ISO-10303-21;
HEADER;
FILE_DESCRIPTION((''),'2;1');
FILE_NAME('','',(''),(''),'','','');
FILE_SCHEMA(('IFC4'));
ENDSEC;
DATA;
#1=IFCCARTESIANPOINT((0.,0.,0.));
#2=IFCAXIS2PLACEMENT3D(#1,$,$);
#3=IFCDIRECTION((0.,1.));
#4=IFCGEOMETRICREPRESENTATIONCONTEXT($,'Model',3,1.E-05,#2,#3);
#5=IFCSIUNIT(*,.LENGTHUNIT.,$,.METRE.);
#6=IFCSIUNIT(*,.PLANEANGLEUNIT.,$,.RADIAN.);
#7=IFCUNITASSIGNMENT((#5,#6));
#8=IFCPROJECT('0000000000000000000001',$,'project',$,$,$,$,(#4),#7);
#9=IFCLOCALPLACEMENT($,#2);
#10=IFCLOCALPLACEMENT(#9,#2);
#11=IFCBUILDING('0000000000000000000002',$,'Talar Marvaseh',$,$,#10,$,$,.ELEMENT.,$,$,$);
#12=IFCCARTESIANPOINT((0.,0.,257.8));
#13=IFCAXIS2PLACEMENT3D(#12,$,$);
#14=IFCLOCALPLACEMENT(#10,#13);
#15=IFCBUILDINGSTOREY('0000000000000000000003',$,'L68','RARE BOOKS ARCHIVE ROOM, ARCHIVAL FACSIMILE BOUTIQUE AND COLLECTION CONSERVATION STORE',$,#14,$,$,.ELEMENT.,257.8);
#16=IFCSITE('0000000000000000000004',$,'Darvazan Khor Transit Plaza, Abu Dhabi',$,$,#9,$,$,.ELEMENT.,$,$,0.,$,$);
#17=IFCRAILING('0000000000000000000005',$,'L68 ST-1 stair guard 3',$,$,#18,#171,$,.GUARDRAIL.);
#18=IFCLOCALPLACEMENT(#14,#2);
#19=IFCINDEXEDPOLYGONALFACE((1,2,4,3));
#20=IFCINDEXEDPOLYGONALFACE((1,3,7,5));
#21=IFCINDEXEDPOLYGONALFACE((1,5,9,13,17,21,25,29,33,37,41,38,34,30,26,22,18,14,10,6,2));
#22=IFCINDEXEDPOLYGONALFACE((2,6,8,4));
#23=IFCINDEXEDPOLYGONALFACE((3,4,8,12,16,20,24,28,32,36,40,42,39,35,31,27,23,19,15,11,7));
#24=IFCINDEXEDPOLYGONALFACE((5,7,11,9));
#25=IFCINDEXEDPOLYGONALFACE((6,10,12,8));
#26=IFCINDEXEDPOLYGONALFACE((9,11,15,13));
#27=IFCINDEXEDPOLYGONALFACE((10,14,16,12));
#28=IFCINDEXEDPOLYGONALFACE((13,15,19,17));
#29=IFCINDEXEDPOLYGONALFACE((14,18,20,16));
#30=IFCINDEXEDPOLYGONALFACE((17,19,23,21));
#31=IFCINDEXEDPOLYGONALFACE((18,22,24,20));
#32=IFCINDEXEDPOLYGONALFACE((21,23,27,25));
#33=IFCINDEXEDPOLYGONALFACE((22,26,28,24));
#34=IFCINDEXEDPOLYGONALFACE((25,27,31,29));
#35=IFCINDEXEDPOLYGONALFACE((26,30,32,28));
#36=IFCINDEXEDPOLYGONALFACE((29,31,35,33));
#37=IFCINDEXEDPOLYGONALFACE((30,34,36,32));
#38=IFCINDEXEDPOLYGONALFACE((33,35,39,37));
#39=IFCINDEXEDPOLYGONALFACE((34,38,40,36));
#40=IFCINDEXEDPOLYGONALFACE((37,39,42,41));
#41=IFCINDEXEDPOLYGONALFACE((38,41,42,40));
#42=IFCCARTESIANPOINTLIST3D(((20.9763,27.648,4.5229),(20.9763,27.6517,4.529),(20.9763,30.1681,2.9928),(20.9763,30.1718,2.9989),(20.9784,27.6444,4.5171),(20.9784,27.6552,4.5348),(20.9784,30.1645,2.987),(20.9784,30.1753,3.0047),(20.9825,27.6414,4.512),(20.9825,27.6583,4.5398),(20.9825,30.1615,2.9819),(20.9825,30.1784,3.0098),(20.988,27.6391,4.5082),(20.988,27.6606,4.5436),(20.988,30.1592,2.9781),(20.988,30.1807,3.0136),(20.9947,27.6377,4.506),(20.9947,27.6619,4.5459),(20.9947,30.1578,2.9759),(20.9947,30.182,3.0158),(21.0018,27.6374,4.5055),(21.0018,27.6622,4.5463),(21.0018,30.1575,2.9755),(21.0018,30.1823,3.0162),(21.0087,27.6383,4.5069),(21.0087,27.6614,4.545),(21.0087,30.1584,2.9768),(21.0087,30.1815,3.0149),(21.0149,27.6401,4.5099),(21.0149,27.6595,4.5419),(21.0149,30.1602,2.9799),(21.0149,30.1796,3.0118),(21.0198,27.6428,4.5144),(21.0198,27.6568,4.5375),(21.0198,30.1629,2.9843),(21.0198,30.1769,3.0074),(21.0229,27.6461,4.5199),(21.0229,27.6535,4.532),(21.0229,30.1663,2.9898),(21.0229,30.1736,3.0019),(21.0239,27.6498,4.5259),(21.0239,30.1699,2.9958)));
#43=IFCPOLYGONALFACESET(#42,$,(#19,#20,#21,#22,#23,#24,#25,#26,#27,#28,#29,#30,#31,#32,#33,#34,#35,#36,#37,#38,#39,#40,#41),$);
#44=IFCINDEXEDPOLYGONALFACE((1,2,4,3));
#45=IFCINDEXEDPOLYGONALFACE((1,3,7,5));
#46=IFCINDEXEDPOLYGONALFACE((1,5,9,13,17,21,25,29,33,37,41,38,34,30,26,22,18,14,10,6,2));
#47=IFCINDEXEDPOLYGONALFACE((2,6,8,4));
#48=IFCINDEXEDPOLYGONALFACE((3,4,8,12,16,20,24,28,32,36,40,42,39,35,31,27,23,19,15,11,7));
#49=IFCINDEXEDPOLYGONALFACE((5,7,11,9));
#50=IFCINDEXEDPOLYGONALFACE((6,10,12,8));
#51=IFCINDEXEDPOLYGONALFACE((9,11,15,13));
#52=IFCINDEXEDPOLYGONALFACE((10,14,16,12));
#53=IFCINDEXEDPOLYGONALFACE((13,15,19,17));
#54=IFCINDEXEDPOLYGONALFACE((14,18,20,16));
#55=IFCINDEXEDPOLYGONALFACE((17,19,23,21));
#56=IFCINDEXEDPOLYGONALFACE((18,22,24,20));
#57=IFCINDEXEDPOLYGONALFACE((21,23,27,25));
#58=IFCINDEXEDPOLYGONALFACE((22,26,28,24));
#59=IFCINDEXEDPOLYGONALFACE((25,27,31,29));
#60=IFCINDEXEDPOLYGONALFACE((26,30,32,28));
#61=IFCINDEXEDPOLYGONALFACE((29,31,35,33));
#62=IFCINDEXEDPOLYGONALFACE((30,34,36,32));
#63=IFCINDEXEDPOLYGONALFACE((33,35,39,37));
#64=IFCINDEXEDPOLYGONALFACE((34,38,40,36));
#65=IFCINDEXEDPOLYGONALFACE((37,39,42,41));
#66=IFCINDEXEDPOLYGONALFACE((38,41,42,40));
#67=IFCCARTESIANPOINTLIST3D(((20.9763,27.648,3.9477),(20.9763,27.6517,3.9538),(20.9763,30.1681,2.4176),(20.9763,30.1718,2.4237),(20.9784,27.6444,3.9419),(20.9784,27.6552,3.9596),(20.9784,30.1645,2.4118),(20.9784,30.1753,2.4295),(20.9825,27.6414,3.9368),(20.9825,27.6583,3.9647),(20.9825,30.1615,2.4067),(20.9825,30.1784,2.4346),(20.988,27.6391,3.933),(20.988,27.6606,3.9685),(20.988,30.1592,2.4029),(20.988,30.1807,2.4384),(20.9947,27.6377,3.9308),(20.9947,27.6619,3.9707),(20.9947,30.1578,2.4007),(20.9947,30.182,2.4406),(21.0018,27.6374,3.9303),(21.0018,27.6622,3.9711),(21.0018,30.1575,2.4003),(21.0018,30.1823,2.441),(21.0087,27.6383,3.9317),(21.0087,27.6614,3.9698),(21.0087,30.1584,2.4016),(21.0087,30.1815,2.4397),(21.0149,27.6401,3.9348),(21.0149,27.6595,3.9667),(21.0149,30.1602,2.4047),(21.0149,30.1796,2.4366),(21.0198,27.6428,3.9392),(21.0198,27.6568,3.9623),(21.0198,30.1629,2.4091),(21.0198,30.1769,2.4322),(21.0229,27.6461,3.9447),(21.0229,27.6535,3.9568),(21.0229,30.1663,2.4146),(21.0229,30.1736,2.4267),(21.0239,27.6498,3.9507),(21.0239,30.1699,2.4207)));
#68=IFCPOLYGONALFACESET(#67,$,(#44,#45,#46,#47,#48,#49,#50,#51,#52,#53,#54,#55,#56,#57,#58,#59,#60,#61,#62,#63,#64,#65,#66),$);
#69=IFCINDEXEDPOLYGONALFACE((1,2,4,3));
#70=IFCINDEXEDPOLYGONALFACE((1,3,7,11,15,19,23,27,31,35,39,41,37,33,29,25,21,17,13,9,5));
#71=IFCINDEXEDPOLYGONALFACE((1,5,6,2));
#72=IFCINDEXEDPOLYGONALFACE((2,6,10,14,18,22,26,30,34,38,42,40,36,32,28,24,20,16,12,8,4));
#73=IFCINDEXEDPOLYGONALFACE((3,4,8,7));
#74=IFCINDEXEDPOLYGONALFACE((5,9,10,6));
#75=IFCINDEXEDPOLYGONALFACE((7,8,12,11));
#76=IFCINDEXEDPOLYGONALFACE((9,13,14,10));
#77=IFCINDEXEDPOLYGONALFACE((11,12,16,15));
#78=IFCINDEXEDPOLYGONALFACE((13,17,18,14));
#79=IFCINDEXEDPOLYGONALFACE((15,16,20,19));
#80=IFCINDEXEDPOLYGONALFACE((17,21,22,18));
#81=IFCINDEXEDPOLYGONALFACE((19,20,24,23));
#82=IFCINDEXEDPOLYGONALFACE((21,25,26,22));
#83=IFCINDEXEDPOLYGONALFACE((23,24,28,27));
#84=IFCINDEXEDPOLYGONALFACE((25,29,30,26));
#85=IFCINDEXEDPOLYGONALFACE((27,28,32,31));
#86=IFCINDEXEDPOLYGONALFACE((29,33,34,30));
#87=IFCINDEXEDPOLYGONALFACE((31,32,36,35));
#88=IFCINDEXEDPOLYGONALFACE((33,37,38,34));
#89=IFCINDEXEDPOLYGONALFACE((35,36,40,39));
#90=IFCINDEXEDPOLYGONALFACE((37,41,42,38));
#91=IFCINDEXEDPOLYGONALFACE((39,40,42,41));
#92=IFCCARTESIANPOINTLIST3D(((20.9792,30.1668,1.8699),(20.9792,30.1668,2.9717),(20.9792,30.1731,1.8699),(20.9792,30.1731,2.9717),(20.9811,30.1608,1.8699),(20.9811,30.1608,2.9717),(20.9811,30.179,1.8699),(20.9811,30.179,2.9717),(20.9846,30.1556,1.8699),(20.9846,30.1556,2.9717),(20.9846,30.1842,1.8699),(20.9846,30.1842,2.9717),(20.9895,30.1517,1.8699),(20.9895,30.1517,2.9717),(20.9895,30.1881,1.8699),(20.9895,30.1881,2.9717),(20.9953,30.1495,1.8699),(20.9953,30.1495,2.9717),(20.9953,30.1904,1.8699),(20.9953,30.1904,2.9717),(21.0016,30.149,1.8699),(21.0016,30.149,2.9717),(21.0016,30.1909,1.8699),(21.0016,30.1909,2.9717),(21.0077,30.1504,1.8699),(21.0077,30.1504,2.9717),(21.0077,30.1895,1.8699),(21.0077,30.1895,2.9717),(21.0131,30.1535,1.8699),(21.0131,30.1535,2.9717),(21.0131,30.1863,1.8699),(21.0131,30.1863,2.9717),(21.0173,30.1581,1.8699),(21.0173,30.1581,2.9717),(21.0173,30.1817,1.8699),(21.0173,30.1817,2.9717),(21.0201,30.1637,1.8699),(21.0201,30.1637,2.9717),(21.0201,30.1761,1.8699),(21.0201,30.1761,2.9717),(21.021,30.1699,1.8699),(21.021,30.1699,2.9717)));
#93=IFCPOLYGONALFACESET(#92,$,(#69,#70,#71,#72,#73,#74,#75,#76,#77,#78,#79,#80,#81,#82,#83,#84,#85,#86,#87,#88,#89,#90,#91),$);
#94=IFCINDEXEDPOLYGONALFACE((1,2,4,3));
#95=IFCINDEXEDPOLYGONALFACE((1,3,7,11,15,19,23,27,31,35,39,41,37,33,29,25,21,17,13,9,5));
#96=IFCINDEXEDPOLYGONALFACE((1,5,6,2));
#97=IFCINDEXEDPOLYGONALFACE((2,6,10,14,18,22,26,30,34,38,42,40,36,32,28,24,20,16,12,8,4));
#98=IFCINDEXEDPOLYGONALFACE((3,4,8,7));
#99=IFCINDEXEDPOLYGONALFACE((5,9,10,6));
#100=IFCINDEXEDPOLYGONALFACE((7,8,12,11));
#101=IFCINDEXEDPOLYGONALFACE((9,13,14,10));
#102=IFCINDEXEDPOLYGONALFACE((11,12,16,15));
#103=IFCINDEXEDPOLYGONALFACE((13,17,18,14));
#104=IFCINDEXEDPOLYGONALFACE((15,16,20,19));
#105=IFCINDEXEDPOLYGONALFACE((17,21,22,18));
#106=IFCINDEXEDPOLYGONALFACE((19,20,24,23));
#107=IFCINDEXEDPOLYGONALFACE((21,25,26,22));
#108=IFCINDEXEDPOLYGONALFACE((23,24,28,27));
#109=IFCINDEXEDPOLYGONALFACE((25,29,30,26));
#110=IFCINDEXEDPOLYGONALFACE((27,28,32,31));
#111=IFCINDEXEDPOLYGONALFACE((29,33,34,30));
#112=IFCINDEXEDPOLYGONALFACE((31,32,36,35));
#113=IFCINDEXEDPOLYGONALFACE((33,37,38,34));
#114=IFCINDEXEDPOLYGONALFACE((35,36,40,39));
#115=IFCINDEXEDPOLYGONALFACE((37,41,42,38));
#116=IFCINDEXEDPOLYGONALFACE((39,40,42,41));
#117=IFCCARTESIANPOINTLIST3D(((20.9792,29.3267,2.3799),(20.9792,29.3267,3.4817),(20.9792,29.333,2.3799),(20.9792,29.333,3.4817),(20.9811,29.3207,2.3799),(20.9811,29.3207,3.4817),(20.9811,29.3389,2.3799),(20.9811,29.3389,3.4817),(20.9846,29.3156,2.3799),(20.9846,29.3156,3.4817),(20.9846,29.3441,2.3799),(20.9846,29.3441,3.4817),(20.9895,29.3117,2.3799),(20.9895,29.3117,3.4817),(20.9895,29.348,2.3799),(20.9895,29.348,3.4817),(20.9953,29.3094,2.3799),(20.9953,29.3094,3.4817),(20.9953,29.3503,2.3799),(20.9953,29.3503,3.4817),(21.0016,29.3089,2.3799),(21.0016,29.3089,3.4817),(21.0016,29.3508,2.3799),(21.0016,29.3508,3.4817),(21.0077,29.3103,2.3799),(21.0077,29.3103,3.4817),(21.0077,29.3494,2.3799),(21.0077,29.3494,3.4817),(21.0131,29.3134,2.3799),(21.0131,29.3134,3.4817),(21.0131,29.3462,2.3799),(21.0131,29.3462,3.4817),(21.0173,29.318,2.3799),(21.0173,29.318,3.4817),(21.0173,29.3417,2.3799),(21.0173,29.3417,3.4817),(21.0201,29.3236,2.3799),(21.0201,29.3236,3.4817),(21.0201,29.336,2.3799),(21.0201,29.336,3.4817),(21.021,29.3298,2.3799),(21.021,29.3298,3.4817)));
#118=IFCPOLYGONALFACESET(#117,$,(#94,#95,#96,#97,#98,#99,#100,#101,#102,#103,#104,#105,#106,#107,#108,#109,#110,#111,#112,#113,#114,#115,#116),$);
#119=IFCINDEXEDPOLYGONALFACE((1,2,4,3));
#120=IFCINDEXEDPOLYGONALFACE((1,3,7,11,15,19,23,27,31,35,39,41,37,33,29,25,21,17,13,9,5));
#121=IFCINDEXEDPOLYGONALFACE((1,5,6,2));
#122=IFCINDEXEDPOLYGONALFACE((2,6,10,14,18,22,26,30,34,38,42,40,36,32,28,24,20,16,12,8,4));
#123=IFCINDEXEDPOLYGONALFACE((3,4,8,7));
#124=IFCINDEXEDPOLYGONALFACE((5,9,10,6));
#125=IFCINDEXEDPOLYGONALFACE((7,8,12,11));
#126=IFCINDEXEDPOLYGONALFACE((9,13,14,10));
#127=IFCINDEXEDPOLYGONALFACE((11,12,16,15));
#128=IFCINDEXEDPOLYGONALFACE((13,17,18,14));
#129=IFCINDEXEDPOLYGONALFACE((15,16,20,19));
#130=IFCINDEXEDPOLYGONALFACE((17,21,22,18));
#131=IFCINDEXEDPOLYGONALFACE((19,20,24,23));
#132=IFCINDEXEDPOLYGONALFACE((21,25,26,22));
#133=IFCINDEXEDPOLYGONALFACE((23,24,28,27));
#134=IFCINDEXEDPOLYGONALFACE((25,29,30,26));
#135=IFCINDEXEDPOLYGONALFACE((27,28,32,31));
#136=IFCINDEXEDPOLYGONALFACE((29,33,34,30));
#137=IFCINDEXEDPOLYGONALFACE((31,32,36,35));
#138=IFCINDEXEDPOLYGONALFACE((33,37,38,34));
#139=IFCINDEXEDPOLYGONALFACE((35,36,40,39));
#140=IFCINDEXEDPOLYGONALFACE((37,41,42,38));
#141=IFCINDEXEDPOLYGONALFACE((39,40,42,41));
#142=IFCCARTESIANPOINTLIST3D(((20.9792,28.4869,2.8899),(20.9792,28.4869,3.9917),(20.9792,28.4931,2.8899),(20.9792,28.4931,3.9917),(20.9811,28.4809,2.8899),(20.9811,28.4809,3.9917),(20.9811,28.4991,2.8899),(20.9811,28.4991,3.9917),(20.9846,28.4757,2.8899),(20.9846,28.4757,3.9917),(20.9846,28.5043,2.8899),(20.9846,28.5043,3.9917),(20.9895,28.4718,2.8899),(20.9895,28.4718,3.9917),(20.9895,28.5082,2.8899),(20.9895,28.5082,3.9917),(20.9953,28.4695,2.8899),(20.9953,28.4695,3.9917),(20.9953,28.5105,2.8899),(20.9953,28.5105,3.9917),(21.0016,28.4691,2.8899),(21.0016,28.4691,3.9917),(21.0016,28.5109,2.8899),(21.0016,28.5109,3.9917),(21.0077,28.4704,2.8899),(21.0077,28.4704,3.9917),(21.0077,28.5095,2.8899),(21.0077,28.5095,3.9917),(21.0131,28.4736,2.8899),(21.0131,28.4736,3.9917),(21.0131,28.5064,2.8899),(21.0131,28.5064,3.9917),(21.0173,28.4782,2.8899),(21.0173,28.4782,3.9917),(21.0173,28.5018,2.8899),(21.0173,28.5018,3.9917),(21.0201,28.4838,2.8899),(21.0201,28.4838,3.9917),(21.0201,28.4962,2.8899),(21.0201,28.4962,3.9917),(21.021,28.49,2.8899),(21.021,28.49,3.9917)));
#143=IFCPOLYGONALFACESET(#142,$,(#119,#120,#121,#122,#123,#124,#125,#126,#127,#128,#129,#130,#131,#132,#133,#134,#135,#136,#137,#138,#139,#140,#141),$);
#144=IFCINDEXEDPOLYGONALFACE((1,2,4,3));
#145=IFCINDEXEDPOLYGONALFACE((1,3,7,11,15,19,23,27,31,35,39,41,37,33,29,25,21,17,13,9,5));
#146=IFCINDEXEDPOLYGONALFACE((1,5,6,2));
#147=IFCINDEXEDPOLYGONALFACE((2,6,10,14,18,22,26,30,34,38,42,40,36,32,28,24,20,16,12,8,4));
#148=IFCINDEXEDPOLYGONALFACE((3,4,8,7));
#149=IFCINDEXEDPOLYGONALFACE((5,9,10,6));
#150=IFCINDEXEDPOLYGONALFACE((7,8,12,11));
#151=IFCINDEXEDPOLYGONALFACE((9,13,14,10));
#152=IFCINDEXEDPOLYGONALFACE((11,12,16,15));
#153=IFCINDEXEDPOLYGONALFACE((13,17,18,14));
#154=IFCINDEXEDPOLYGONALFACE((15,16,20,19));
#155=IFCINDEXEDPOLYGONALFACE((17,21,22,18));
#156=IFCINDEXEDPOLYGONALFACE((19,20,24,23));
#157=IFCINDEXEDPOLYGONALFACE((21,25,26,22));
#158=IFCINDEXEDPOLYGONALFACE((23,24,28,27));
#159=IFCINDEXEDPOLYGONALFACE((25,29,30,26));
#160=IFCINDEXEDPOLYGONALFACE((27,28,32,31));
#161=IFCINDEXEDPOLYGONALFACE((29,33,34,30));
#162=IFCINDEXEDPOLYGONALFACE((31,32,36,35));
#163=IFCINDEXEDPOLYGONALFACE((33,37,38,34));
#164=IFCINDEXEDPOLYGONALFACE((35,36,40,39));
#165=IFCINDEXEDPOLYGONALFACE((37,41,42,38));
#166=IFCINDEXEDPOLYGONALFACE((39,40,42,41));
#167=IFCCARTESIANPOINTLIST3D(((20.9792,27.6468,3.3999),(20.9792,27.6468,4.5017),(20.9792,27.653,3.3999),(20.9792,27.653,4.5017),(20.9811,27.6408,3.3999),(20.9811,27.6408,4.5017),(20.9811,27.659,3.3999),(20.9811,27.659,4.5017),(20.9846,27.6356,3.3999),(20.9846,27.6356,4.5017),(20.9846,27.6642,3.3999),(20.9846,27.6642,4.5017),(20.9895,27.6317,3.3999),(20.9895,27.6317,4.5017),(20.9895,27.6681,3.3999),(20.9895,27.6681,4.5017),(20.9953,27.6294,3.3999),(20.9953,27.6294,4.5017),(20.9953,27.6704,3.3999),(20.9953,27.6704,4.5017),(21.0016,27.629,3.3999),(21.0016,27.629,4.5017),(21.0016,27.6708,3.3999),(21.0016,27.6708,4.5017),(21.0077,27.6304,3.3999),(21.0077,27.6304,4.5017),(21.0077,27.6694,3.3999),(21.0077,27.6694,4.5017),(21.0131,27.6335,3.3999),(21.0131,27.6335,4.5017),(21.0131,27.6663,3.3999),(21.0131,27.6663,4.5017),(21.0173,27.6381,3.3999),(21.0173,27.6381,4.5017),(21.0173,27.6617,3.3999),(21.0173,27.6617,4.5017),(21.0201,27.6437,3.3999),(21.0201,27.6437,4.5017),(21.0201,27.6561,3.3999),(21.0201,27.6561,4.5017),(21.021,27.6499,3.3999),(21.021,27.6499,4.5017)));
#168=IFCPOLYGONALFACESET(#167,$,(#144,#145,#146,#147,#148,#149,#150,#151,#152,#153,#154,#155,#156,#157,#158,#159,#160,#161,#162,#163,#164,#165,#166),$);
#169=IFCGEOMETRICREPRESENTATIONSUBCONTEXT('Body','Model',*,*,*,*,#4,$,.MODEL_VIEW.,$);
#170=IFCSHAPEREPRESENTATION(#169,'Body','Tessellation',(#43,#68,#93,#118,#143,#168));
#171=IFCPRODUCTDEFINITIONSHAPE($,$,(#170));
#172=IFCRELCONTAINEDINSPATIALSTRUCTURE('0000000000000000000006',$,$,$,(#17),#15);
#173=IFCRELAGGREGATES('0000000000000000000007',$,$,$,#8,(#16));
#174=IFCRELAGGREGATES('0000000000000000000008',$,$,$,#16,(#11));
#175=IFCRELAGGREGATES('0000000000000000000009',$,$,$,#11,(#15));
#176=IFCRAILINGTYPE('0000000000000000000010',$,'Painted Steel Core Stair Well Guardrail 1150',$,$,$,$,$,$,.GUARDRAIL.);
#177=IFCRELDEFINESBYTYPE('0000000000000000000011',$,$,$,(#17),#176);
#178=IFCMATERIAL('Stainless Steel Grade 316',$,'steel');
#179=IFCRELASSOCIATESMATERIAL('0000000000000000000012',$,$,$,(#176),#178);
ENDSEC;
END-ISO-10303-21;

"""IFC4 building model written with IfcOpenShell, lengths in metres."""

from ifc_helpers import new_model, si_unit, direction, frame, origin, origin_2d, place, context, subcontext, project, spatial, circle, extrude, material, type_object, element, save


model = new_model("IFC4")

# Units and contexts
model_context = context("Model", 3, precision=1e-05, world=origin(), true_north=direction((0.0, 1.0)))
body_context = subcontext(model_context, "Body", "Model", "MODEL_VIEW")
ifc_project = project(units=[si_unit("LENGTHUNIT", "METRE"), si_unit("PLANEANGLEUNIT", "RADIAN")], contexts=[model_context])

# Site, building, storey
site_placement = place(None, origin())
site = spatial("IfcSite", under=ifc_project, at=site_placement, Name="Darvazan Khor Transit Plaza, Abu Dhabi", CompositionType="ELEMENT", RefElevation=0.0)
building_placement = place(site_placement, origin())
building = spatial("IfcBuilding", under=site, at=building_placement, Name="Talar Marvaseh", CompositionType="ELEMENT")
storey_placement = place(building_placement, frame((0.0, 0.0, 257.8)))
storey = spatial("IfcBuildingStorey", under=building, at=storey_placement, Name="L68", Description="RARE BOOKS ARCHIVE ROOM, ARCHIVAL FACSIMILE BOUTIQUE AND COLLECTION CONSERVATION STORE", CompositionType="ELEMENT", Elevation=257.8)

# Railing
ifc_material_1 = material(Name="Stainless Steel Grade 316", Category="steel")
railing_type_1 = type_object("IfcRailingType", Name="Painted Steel Core Stair Well Guardrail 1150", PredefinedType="GUARDRAIL", material=ifc_material_1)
railing_1_placement = place(storey_placement, frame((21.0, 30.1699, 1.8699)))
element("IfcRailing", 1, at=railing_1_placement, inside=storey, type_object=railing_type_1, Name="L68 ST-1 stair guard 3", PredefinedType="GUARDRAIL", context=body_context, shape_type="SweptSolid", body=[
    extrude(circle(Radius=0.0239, at=origin_2d()), frame((0.0, 0.0, 1.126), z_axis=(0.0, -0.854785, 0.518982), x_axis=(1.0, 0.0, 0.0)), (0.0, 0.0, 1.0), 2.9482),
    extrude(circle(Radius=0.0239, at=origin_2d()), frame((0.0, 0.0, 0.5508), z_axis=(0.0, -0.854785, 0.518982), x_axis=(1.0, 0.0, 0.0)), (0.0, 0.0, 1.0), 2.9482),
    extrude(circle(Radius=0.021, at=origin_2d()), origin(), (0.0, 0.0, 1.0), 1.1018),
    extrude(circle(Radius=0.021, at=origin_2d()), frame((0.0, -0.8401, 0.51)), (0.0, 0.0, 1.0), 1.1018),
    extrude(circle(Radius=0.021, at=origin_2d()), frame((0.0, -1.6799, 1.02)), (0.0, 0.0, 1.0), 1.1018),
    extrude(circle(Radius=0.021, at=origin_2d()), frame((0.0, -2.52, 1.53)), (0.0, 0.0, 1.0), 1.1018),
])

save(model, "model.ifc")
